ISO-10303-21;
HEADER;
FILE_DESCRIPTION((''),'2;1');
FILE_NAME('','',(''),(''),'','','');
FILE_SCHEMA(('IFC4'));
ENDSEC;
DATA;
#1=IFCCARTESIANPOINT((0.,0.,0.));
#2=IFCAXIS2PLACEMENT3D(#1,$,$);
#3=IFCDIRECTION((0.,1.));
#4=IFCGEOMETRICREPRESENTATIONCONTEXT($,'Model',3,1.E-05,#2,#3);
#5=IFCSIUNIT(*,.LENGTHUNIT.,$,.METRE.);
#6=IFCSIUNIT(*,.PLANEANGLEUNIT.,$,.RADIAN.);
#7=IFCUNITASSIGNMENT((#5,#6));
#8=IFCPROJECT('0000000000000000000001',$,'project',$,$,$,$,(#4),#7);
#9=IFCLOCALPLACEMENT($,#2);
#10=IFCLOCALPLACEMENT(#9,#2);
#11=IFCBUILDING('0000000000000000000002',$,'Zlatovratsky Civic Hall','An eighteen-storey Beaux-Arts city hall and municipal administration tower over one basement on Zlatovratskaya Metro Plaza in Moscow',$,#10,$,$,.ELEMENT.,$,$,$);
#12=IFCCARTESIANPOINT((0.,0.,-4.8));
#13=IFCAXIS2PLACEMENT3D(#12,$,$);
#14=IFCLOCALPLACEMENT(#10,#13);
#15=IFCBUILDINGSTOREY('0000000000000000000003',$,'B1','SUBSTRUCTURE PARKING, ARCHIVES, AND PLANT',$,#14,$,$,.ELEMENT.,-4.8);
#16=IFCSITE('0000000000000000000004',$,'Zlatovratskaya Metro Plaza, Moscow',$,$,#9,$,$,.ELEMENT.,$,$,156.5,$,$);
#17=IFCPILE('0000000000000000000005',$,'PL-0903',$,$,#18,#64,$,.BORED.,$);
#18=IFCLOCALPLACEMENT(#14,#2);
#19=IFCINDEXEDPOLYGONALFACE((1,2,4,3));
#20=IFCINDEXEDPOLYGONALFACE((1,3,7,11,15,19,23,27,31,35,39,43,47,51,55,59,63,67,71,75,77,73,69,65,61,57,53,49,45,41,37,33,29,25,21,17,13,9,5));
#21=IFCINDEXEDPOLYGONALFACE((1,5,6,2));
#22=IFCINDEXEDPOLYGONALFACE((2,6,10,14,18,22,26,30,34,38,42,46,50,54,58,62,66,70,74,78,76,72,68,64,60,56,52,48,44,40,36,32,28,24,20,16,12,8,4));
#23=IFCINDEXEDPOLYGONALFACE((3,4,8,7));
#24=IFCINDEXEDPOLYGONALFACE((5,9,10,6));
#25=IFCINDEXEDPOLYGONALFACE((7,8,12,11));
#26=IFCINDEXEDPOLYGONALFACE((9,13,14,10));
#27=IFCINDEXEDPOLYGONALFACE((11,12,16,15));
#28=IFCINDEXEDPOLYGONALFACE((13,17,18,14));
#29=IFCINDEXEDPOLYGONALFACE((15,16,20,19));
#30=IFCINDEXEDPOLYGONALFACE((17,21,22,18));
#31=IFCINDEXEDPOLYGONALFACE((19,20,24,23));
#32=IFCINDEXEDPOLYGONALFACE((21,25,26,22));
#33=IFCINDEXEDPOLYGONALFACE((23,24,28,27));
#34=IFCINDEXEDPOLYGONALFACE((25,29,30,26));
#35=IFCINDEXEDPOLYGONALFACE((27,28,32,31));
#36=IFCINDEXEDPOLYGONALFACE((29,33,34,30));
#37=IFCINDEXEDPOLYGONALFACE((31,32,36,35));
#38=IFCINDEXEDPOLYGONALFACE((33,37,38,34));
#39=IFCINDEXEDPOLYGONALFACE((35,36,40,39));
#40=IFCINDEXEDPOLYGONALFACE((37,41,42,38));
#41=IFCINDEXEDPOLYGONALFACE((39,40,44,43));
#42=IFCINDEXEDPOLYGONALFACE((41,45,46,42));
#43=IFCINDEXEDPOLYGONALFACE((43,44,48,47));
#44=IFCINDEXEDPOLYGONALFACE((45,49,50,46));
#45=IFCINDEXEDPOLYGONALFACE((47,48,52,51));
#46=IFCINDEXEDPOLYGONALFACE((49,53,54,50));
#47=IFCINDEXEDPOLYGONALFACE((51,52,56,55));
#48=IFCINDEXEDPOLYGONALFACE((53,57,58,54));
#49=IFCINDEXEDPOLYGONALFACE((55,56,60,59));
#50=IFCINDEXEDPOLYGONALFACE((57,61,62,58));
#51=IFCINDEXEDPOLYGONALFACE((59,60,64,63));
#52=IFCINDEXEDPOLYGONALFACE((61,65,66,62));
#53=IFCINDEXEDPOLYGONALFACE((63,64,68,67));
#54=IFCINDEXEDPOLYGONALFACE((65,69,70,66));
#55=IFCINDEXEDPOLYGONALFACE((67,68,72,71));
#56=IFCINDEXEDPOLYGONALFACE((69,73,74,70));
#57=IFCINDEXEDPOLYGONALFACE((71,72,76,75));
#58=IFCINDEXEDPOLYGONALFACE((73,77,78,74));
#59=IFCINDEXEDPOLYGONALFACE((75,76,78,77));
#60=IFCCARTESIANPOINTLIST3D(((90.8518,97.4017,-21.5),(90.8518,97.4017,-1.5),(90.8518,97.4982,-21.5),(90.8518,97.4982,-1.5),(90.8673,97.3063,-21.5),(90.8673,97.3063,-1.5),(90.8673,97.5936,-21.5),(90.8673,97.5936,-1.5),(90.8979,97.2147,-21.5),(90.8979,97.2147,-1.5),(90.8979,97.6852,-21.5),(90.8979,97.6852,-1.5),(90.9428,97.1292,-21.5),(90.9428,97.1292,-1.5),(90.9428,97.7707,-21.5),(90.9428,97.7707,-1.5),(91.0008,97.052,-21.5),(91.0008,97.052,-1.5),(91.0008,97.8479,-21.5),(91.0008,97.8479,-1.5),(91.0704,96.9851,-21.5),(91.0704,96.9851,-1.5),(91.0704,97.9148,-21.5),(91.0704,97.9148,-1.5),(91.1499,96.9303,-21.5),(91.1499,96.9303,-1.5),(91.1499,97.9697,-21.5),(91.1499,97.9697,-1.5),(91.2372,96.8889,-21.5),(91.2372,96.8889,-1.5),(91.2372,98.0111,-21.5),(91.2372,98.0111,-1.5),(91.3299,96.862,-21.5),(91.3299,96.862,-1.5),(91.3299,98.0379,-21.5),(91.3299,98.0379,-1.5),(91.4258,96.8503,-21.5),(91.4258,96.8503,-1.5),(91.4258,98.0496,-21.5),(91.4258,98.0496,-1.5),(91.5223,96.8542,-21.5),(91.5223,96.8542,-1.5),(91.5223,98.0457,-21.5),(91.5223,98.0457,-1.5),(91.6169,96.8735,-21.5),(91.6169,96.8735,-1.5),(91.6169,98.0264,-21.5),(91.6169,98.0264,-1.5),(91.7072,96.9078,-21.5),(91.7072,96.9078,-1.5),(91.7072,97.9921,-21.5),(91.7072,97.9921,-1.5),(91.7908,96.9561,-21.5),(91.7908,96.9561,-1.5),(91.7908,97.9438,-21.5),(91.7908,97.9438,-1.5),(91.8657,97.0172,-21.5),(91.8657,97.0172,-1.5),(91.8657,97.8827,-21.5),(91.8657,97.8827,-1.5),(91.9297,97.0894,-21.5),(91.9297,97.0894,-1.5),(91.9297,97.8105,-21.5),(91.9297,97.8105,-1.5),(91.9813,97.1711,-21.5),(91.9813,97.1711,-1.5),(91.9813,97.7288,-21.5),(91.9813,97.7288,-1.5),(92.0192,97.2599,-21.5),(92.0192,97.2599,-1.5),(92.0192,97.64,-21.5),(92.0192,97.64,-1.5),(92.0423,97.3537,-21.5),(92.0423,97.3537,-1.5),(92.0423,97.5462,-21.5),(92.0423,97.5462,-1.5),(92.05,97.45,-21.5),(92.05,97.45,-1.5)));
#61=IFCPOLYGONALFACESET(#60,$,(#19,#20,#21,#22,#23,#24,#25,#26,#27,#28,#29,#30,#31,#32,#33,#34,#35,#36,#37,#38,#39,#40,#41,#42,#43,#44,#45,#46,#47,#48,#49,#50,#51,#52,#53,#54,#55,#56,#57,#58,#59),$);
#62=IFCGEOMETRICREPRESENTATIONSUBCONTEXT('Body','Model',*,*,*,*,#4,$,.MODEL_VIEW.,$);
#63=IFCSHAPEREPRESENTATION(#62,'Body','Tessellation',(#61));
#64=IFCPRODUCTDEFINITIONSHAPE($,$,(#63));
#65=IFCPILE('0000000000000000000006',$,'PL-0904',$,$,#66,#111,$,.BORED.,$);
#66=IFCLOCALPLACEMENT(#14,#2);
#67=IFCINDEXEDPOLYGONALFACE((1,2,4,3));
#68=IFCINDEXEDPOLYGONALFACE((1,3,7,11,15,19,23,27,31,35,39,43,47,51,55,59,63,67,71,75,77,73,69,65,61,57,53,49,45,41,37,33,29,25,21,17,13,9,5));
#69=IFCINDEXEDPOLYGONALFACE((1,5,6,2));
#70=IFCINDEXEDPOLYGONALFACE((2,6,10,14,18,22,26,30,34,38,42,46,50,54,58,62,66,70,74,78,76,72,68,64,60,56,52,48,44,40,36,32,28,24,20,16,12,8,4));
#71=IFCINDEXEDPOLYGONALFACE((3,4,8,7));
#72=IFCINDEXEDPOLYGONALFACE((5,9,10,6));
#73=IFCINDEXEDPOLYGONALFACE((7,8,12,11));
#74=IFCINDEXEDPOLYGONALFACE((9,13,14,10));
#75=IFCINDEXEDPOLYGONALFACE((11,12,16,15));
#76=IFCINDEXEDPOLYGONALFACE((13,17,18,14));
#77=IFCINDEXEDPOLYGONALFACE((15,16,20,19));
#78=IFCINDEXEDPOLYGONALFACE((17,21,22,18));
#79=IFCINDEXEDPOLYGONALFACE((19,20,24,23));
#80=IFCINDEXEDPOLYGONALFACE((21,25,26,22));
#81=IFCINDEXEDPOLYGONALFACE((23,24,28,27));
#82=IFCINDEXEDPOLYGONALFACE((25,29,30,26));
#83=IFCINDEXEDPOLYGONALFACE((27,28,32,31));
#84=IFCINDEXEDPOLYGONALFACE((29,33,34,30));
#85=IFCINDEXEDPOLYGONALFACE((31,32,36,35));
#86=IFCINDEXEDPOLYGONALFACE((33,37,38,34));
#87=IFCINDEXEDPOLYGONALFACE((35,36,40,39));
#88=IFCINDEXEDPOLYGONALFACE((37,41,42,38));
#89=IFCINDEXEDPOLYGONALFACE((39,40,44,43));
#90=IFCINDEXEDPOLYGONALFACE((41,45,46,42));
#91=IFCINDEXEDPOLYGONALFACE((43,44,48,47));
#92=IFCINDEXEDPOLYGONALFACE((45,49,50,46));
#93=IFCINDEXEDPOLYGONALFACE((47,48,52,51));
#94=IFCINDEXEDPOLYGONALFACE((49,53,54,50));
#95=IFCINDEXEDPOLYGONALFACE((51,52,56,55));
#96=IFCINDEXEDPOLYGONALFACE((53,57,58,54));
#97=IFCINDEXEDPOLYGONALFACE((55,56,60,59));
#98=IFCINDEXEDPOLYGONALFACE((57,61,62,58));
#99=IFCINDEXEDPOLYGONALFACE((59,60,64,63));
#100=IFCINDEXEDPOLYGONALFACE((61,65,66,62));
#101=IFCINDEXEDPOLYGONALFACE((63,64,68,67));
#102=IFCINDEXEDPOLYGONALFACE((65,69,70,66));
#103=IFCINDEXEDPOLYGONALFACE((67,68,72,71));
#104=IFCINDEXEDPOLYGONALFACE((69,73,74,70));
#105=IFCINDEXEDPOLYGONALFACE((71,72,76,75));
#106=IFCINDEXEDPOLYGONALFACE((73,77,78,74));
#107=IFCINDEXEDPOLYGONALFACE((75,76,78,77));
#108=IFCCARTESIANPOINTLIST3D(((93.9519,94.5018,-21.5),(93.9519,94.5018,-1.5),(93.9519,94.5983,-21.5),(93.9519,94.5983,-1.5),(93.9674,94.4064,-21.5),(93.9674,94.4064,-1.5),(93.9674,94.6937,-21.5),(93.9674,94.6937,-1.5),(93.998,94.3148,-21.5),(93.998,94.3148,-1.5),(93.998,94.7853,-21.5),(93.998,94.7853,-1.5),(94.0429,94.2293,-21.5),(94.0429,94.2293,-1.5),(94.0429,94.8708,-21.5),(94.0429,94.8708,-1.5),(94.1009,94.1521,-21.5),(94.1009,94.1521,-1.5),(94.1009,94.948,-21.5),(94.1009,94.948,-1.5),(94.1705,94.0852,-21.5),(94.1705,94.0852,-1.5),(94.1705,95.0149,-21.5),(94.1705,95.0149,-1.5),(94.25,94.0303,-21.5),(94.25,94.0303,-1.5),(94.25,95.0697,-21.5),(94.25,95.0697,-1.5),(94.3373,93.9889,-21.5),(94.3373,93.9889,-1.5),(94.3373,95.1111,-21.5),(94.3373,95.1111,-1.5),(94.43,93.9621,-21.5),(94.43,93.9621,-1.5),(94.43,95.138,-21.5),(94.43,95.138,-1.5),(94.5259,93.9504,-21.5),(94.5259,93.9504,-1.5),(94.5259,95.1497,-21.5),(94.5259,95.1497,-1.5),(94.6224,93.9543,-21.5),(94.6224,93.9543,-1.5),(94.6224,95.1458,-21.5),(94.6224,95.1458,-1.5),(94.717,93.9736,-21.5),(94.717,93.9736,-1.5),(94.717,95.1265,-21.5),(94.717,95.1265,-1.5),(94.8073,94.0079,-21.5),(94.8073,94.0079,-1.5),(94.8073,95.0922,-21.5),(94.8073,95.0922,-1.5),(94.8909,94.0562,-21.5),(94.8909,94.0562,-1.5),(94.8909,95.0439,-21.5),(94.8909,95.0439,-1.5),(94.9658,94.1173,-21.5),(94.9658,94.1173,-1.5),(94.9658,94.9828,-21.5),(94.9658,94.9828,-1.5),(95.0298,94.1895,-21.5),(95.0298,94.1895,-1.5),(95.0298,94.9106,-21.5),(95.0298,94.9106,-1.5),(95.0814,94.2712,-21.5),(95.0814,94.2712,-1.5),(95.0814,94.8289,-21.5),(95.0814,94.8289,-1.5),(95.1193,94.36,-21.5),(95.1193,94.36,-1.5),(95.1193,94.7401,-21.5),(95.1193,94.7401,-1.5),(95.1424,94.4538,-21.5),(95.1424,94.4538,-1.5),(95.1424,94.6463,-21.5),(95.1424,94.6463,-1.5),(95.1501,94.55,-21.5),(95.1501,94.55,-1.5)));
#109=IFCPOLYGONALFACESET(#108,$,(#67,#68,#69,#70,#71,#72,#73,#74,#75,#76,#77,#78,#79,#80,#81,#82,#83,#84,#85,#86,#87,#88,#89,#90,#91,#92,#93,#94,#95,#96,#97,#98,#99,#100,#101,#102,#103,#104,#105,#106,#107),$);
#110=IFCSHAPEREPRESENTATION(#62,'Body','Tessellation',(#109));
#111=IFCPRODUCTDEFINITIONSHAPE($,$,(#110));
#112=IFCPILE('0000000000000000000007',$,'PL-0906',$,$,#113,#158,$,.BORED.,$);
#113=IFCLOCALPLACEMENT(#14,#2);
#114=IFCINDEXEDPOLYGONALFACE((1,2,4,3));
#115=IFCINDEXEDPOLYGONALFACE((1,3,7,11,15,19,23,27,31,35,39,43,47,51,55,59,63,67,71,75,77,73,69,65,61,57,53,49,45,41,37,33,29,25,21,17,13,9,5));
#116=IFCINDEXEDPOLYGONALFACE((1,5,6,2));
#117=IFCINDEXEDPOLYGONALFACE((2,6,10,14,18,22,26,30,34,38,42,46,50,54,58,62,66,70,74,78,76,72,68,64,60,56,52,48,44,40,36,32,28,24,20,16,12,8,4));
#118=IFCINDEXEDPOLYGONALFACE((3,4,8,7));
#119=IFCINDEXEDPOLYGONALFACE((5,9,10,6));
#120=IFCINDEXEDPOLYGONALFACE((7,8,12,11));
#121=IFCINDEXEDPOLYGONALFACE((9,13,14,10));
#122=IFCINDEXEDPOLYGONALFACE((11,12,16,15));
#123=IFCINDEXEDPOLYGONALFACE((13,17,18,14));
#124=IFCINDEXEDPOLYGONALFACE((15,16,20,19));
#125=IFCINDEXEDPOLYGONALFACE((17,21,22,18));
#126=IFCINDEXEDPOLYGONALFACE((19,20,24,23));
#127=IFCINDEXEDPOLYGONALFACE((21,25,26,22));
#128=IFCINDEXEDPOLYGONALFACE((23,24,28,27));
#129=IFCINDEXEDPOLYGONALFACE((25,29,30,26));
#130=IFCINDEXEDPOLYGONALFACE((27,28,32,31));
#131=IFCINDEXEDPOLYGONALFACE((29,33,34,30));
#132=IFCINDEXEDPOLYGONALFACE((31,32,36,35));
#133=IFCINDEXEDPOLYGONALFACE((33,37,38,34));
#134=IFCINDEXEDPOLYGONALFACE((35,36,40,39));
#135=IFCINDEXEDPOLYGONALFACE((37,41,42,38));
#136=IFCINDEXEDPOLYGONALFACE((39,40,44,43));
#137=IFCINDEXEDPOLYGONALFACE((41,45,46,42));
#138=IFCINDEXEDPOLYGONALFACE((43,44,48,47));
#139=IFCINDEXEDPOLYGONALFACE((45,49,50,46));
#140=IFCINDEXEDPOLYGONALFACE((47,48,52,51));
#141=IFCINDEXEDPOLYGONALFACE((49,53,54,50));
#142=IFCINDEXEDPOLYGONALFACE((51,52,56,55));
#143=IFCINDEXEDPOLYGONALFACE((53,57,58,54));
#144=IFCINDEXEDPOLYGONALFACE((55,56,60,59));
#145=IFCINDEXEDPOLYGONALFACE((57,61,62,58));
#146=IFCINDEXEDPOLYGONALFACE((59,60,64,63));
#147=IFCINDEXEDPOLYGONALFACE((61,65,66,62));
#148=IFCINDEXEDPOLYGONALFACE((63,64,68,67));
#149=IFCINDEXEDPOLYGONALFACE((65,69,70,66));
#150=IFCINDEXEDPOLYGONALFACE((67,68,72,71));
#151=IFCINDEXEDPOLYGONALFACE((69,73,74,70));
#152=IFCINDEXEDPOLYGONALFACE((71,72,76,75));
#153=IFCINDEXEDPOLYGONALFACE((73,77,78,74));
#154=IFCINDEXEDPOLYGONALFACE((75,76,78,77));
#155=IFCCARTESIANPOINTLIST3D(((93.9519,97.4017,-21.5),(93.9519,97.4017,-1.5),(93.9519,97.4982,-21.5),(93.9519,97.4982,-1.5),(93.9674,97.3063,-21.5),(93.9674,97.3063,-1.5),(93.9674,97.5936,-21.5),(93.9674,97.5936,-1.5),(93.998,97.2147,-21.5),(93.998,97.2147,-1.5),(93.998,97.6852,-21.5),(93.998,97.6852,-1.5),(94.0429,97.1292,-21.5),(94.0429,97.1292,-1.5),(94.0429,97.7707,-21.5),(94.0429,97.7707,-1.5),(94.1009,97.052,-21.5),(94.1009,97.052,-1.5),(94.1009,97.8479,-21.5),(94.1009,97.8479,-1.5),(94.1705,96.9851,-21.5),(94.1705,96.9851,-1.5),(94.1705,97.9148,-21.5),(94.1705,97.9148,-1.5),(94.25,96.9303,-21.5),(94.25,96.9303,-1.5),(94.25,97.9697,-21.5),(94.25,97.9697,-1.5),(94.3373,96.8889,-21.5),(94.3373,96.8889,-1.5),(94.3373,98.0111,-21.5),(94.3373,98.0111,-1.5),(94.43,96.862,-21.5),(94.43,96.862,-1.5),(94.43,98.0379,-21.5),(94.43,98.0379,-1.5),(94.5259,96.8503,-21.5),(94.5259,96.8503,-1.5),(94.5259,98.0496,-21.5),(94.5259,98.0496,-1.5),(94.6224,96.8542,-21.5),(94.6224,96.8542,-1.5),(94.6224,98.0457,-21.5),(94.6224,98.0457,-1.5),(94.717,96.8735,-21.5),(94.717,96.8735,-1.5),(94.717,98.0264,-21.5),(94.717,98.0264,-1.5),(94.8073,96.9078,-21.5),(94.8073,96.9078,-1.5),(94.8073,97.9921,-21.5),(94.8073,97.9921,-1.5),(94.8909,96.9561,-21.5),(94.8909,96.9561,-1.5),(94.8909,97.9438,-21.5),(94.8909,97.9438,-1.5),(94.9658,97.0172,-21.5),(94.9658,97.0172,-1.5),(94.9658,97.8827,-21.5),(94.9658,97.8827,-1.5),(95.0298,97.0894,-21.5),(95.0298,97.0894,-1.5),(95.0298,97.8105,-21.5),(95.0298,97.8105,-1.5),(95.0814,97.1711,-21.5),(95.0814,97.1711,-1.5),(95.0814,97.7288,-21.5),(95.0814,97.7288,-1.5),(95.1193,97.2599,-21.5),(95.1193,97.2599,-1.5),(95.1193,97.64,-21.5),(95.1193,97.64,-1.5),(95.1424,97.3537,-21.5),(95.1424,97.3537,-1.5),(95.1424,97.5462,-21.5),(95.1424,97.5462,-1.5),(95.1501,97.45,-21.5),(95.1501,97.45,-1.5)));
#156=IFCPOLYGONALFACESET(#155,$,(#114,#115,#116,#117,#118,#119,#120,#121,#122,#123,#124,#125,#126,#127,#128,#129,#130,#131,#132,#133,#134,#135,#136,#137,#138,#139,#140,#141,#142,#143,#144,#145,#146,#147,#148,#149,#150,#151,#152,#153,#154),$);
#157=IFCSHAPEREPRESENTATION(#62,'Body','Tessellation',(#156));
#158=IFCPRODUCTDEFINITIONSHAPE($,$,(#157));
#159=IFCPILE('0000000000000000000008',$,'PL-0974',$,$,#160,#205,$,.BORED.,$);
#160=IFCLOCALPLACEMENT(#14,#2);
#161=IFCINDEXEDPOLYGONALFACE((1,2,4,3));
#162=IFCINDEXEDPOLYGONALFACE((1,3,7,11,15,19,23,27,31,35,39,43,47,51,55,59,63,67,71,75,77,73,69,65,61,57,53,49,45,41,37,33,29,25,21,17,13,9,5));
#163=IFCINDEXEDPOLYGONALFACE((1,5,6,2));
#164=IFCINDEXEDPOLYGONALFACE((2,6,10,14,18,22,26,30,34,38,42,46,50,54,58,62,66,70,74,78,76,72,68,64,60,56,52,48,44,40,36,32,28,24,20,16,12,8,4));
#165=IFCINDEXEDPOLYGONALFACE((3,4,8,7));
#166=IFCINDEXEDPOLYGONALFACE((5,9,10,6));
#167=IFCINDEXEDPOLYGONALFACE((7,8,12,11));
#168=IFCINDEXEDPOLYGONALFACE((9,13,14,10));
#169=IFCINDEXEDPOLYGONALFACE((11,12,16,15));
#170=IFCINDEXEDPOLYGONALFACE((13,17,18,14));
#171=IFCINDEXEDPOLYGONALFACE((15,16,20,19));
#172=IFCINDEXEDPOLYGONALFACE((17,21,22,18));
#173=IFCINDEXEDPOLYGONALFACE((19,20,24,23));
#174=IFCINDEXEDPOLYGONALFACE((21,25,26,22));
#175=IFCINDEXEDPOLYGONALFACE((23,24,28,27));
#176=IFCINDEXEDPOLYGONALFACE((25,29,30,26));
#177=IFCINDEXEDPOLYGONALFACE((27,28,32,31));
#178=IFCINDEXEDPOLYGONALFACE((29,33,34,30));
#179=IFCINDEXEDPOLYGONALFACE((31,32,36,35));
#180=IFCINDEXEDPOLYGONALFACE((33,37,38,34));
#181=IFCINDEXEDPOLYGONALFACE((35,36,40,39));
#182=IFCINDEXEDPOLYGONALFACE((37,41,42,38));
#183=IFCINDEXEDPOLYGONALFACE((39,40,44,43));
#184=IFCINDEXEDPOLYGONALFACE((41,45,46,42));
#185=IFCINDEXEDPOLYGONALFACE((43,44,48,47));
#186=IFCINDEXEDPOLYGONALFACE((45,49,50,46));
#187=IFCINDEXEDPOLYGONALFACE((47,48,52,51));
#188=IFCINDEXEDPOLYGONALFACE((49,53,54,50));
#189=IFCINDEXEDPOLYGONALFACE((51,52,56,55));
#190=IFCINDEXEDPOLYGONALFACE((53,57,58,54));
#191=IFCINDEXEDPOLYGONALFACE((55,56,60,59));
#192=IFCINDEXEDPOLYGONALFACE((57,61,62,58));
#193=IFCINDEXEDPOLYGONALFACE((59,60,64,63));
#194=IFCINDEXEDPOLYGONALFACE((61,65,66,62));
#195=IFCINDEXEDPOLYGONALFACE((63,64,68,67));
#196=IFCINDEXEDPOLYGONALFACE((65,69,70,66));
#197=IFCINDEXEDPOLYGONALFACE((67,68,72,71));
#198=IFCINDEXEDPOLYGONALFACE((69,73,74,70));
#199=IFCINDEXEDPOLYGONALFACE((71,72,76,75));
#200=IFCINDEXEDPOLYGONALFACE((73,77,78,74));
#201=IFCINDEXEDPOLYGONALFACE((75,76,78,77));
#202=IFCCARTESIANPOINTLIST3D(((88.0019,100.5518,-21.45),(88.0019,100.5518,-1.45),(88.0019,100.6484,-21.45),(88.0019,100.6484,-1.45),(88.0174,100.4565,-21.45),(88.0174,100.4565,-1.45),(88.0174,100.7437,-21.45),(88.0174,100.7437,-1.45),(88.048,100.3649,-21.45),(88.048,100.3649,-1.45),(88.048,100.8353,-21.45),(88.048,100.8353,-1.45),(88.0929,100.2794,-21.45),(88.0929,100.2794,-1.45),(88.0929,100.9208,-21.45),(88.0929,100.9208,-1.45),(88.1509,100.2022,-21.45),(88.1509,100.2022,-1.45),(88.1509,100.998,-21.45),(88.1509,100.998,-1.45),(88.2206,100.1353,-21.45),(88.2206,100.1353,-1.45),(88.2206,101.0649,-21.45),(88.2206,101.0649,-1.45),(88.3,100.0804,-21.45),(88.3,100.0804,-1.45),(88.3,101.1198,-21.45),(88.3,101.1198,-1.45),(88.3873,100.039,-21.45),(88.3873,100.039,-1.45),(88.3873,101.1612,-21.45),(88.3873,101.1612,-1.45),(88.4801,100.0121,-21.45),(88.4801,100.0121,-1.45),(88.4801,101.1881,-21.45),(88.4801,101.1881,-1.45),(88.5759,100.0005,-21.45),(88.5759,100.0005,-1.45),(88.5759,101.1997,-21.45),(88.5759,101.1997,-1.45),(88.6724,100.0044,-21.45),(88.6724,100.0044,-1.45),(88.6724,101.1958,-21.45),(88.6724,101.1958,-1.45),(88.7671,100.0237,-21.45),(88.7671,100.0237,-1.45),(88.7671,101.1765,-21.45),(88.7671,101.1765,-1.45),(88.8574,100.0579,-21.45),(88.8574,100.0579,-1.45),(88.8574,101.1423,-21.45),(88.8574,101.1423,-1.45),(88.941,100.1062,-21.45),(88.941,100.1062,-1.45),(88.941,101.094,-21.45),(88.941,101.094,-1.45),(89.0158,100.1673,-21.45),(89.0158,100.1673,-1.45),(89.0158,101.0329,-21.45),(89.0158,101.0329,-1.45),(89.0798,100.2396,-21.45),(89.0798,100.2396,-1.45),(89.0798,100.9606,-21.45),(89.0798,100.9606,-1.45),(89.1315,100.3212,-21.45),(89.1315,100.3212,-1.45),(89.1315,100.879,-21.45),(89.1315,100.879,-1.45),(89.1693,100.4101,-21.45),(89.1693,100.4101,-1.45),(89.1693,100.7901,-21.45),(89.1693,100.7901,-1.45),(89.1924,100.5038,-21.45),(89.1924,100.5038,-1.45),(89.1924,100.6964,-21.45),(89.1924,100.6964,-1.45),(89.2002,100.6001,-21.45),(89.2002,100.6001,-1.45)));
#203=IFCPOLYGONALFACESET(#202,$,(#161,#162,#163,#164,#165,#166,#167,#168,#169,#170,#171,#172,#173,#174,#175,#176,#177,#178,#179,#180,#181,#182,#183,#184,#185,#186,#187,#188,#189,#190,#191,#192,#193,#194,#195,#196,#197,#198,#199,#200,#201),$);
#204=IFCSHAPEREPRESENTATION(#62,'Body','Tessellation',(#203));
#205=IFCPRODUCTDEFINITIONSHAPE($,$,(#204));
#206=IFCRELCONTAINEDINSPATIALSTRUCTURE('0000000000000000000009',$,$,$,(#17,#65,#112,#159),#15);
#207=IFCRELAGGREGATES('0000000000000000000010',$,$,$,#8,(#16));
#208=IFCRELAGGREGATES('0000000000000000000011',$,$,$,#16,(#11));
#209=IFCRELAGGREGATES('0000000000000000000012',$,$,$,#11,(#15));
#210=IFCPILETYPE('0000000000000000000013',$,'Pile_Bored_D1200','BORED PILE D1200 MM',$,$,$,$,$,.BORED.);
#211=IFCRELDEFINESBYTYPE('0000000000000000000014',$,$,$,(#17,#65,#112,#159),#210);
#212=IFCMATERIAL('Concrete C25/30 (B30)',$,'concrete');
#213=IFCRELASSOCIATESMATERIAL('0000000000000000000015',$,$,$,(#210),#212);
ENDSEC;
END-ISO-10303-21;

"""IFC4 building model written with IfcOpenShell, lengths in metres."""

from ifc_helpers import new_model, si_unit, direction, frame, origin, origin_2d, place, context, subcontext, project, spatial, circle, extrude, material, material_profile, profile_set, type_object, element, save


model = new_model("IFC4")

# Units and contexts
model_context = context("Model", 3, precision=1e-05, world=origin(), true_north=direction((0.0, 1.0)))
body_context = subcontext(model_context, "Body", "Model", "MODEL_VIEW")
ifc_project = project(units=[si_unit("LENGTHUNIT", "METRE"), si_unit("PLANEANGLEUNIT", "RADIAN")], contexts=[model_context])

# Site, building, storey
site_placement = place(None, origin())
site = spatial("IfcSite", under=ifc_project, at=site_placement, Name="Zlatovratskaya Metro Plaza, Moscow", CompositionType="ELEMENT", RefElevation=156.5)
building_placement = place(site_placement, origin())
building = spatial("IfcBuilding", under=site, at=building_placement, Name="Zlatovratsky Civic Hall", Description="An eighteen-storey Beaux-Arts city hall and municipal administration tower over one basement on Zlatovratskaya Metro Plaza in Moscow", CompositionType="ELEMENT")
storey_placement = place(building_placement, frame((0.0, 0.0, -4.8)))
storey = spatial("IfcBuildingStorey", under=building, at=storey_placement, Name="B1", Description="SUBSTRUCTURE PARKING, ARCHIVES, AND PLANT", CompositionType="ELEMENT", Elevation=-4.8)

# Shared definitions
ifc_material_1 = material(Name="Concrete C25/30 (B30)", Category="concrete")

# Piles
ifc_material_profile_1 = material_profile(ifc_material_1, circle(Radius=0.6001, at=origin_2d()), Name="PILE D1200")
ifc_profile_set_1 = profile_set([ifc_material_profile_1], Name="Concrete C25/30 (B30)")
pile_type = type_object("IfcPileType", Name="Pile_Bored_D1200", Description="BORED PILE D1200 MM", PredefinedType="BORED", material=ifc_profile_set_1)
for number, where, z_axis, x_axis, name in (
    (1, (91.45, 97.45, -1.5), (0.0, 0.0, -1.0), (1.0, 0.0, 0.0), "PL-0903"),
    (2, (94.55, 94.55, -1.5), (0.0, 0.0, -1.0), (1.0, 0.0, 0.0), "PL-0904"),
    (3, (94.55, 97.45, -1.5), (0.0, 0.0, -1.0), (1.0, 0.0, 0.0), "PL-0906"),
    (4, (88.6001, 100.6001, -1.45), (0.0, 0.0, -1.0), (1.0, 0.0, 0.0), "PL-0974"),
):
    element("IfcPile", number, at=place(storey_placement, frame(where, z_axis=z_axis, x_axis=x_axis)), inside=storey, type_object=pile_type, Name=name, PredefinedType="BORED", context=body_context, shape_type="SweptSolid", body=[
        extrude(circle(Radius=0.6001, at=origin_2d()), origin(), (0.0, 0.0, 1.0), 20.0),
    ])

save(model, "model.ifc")
